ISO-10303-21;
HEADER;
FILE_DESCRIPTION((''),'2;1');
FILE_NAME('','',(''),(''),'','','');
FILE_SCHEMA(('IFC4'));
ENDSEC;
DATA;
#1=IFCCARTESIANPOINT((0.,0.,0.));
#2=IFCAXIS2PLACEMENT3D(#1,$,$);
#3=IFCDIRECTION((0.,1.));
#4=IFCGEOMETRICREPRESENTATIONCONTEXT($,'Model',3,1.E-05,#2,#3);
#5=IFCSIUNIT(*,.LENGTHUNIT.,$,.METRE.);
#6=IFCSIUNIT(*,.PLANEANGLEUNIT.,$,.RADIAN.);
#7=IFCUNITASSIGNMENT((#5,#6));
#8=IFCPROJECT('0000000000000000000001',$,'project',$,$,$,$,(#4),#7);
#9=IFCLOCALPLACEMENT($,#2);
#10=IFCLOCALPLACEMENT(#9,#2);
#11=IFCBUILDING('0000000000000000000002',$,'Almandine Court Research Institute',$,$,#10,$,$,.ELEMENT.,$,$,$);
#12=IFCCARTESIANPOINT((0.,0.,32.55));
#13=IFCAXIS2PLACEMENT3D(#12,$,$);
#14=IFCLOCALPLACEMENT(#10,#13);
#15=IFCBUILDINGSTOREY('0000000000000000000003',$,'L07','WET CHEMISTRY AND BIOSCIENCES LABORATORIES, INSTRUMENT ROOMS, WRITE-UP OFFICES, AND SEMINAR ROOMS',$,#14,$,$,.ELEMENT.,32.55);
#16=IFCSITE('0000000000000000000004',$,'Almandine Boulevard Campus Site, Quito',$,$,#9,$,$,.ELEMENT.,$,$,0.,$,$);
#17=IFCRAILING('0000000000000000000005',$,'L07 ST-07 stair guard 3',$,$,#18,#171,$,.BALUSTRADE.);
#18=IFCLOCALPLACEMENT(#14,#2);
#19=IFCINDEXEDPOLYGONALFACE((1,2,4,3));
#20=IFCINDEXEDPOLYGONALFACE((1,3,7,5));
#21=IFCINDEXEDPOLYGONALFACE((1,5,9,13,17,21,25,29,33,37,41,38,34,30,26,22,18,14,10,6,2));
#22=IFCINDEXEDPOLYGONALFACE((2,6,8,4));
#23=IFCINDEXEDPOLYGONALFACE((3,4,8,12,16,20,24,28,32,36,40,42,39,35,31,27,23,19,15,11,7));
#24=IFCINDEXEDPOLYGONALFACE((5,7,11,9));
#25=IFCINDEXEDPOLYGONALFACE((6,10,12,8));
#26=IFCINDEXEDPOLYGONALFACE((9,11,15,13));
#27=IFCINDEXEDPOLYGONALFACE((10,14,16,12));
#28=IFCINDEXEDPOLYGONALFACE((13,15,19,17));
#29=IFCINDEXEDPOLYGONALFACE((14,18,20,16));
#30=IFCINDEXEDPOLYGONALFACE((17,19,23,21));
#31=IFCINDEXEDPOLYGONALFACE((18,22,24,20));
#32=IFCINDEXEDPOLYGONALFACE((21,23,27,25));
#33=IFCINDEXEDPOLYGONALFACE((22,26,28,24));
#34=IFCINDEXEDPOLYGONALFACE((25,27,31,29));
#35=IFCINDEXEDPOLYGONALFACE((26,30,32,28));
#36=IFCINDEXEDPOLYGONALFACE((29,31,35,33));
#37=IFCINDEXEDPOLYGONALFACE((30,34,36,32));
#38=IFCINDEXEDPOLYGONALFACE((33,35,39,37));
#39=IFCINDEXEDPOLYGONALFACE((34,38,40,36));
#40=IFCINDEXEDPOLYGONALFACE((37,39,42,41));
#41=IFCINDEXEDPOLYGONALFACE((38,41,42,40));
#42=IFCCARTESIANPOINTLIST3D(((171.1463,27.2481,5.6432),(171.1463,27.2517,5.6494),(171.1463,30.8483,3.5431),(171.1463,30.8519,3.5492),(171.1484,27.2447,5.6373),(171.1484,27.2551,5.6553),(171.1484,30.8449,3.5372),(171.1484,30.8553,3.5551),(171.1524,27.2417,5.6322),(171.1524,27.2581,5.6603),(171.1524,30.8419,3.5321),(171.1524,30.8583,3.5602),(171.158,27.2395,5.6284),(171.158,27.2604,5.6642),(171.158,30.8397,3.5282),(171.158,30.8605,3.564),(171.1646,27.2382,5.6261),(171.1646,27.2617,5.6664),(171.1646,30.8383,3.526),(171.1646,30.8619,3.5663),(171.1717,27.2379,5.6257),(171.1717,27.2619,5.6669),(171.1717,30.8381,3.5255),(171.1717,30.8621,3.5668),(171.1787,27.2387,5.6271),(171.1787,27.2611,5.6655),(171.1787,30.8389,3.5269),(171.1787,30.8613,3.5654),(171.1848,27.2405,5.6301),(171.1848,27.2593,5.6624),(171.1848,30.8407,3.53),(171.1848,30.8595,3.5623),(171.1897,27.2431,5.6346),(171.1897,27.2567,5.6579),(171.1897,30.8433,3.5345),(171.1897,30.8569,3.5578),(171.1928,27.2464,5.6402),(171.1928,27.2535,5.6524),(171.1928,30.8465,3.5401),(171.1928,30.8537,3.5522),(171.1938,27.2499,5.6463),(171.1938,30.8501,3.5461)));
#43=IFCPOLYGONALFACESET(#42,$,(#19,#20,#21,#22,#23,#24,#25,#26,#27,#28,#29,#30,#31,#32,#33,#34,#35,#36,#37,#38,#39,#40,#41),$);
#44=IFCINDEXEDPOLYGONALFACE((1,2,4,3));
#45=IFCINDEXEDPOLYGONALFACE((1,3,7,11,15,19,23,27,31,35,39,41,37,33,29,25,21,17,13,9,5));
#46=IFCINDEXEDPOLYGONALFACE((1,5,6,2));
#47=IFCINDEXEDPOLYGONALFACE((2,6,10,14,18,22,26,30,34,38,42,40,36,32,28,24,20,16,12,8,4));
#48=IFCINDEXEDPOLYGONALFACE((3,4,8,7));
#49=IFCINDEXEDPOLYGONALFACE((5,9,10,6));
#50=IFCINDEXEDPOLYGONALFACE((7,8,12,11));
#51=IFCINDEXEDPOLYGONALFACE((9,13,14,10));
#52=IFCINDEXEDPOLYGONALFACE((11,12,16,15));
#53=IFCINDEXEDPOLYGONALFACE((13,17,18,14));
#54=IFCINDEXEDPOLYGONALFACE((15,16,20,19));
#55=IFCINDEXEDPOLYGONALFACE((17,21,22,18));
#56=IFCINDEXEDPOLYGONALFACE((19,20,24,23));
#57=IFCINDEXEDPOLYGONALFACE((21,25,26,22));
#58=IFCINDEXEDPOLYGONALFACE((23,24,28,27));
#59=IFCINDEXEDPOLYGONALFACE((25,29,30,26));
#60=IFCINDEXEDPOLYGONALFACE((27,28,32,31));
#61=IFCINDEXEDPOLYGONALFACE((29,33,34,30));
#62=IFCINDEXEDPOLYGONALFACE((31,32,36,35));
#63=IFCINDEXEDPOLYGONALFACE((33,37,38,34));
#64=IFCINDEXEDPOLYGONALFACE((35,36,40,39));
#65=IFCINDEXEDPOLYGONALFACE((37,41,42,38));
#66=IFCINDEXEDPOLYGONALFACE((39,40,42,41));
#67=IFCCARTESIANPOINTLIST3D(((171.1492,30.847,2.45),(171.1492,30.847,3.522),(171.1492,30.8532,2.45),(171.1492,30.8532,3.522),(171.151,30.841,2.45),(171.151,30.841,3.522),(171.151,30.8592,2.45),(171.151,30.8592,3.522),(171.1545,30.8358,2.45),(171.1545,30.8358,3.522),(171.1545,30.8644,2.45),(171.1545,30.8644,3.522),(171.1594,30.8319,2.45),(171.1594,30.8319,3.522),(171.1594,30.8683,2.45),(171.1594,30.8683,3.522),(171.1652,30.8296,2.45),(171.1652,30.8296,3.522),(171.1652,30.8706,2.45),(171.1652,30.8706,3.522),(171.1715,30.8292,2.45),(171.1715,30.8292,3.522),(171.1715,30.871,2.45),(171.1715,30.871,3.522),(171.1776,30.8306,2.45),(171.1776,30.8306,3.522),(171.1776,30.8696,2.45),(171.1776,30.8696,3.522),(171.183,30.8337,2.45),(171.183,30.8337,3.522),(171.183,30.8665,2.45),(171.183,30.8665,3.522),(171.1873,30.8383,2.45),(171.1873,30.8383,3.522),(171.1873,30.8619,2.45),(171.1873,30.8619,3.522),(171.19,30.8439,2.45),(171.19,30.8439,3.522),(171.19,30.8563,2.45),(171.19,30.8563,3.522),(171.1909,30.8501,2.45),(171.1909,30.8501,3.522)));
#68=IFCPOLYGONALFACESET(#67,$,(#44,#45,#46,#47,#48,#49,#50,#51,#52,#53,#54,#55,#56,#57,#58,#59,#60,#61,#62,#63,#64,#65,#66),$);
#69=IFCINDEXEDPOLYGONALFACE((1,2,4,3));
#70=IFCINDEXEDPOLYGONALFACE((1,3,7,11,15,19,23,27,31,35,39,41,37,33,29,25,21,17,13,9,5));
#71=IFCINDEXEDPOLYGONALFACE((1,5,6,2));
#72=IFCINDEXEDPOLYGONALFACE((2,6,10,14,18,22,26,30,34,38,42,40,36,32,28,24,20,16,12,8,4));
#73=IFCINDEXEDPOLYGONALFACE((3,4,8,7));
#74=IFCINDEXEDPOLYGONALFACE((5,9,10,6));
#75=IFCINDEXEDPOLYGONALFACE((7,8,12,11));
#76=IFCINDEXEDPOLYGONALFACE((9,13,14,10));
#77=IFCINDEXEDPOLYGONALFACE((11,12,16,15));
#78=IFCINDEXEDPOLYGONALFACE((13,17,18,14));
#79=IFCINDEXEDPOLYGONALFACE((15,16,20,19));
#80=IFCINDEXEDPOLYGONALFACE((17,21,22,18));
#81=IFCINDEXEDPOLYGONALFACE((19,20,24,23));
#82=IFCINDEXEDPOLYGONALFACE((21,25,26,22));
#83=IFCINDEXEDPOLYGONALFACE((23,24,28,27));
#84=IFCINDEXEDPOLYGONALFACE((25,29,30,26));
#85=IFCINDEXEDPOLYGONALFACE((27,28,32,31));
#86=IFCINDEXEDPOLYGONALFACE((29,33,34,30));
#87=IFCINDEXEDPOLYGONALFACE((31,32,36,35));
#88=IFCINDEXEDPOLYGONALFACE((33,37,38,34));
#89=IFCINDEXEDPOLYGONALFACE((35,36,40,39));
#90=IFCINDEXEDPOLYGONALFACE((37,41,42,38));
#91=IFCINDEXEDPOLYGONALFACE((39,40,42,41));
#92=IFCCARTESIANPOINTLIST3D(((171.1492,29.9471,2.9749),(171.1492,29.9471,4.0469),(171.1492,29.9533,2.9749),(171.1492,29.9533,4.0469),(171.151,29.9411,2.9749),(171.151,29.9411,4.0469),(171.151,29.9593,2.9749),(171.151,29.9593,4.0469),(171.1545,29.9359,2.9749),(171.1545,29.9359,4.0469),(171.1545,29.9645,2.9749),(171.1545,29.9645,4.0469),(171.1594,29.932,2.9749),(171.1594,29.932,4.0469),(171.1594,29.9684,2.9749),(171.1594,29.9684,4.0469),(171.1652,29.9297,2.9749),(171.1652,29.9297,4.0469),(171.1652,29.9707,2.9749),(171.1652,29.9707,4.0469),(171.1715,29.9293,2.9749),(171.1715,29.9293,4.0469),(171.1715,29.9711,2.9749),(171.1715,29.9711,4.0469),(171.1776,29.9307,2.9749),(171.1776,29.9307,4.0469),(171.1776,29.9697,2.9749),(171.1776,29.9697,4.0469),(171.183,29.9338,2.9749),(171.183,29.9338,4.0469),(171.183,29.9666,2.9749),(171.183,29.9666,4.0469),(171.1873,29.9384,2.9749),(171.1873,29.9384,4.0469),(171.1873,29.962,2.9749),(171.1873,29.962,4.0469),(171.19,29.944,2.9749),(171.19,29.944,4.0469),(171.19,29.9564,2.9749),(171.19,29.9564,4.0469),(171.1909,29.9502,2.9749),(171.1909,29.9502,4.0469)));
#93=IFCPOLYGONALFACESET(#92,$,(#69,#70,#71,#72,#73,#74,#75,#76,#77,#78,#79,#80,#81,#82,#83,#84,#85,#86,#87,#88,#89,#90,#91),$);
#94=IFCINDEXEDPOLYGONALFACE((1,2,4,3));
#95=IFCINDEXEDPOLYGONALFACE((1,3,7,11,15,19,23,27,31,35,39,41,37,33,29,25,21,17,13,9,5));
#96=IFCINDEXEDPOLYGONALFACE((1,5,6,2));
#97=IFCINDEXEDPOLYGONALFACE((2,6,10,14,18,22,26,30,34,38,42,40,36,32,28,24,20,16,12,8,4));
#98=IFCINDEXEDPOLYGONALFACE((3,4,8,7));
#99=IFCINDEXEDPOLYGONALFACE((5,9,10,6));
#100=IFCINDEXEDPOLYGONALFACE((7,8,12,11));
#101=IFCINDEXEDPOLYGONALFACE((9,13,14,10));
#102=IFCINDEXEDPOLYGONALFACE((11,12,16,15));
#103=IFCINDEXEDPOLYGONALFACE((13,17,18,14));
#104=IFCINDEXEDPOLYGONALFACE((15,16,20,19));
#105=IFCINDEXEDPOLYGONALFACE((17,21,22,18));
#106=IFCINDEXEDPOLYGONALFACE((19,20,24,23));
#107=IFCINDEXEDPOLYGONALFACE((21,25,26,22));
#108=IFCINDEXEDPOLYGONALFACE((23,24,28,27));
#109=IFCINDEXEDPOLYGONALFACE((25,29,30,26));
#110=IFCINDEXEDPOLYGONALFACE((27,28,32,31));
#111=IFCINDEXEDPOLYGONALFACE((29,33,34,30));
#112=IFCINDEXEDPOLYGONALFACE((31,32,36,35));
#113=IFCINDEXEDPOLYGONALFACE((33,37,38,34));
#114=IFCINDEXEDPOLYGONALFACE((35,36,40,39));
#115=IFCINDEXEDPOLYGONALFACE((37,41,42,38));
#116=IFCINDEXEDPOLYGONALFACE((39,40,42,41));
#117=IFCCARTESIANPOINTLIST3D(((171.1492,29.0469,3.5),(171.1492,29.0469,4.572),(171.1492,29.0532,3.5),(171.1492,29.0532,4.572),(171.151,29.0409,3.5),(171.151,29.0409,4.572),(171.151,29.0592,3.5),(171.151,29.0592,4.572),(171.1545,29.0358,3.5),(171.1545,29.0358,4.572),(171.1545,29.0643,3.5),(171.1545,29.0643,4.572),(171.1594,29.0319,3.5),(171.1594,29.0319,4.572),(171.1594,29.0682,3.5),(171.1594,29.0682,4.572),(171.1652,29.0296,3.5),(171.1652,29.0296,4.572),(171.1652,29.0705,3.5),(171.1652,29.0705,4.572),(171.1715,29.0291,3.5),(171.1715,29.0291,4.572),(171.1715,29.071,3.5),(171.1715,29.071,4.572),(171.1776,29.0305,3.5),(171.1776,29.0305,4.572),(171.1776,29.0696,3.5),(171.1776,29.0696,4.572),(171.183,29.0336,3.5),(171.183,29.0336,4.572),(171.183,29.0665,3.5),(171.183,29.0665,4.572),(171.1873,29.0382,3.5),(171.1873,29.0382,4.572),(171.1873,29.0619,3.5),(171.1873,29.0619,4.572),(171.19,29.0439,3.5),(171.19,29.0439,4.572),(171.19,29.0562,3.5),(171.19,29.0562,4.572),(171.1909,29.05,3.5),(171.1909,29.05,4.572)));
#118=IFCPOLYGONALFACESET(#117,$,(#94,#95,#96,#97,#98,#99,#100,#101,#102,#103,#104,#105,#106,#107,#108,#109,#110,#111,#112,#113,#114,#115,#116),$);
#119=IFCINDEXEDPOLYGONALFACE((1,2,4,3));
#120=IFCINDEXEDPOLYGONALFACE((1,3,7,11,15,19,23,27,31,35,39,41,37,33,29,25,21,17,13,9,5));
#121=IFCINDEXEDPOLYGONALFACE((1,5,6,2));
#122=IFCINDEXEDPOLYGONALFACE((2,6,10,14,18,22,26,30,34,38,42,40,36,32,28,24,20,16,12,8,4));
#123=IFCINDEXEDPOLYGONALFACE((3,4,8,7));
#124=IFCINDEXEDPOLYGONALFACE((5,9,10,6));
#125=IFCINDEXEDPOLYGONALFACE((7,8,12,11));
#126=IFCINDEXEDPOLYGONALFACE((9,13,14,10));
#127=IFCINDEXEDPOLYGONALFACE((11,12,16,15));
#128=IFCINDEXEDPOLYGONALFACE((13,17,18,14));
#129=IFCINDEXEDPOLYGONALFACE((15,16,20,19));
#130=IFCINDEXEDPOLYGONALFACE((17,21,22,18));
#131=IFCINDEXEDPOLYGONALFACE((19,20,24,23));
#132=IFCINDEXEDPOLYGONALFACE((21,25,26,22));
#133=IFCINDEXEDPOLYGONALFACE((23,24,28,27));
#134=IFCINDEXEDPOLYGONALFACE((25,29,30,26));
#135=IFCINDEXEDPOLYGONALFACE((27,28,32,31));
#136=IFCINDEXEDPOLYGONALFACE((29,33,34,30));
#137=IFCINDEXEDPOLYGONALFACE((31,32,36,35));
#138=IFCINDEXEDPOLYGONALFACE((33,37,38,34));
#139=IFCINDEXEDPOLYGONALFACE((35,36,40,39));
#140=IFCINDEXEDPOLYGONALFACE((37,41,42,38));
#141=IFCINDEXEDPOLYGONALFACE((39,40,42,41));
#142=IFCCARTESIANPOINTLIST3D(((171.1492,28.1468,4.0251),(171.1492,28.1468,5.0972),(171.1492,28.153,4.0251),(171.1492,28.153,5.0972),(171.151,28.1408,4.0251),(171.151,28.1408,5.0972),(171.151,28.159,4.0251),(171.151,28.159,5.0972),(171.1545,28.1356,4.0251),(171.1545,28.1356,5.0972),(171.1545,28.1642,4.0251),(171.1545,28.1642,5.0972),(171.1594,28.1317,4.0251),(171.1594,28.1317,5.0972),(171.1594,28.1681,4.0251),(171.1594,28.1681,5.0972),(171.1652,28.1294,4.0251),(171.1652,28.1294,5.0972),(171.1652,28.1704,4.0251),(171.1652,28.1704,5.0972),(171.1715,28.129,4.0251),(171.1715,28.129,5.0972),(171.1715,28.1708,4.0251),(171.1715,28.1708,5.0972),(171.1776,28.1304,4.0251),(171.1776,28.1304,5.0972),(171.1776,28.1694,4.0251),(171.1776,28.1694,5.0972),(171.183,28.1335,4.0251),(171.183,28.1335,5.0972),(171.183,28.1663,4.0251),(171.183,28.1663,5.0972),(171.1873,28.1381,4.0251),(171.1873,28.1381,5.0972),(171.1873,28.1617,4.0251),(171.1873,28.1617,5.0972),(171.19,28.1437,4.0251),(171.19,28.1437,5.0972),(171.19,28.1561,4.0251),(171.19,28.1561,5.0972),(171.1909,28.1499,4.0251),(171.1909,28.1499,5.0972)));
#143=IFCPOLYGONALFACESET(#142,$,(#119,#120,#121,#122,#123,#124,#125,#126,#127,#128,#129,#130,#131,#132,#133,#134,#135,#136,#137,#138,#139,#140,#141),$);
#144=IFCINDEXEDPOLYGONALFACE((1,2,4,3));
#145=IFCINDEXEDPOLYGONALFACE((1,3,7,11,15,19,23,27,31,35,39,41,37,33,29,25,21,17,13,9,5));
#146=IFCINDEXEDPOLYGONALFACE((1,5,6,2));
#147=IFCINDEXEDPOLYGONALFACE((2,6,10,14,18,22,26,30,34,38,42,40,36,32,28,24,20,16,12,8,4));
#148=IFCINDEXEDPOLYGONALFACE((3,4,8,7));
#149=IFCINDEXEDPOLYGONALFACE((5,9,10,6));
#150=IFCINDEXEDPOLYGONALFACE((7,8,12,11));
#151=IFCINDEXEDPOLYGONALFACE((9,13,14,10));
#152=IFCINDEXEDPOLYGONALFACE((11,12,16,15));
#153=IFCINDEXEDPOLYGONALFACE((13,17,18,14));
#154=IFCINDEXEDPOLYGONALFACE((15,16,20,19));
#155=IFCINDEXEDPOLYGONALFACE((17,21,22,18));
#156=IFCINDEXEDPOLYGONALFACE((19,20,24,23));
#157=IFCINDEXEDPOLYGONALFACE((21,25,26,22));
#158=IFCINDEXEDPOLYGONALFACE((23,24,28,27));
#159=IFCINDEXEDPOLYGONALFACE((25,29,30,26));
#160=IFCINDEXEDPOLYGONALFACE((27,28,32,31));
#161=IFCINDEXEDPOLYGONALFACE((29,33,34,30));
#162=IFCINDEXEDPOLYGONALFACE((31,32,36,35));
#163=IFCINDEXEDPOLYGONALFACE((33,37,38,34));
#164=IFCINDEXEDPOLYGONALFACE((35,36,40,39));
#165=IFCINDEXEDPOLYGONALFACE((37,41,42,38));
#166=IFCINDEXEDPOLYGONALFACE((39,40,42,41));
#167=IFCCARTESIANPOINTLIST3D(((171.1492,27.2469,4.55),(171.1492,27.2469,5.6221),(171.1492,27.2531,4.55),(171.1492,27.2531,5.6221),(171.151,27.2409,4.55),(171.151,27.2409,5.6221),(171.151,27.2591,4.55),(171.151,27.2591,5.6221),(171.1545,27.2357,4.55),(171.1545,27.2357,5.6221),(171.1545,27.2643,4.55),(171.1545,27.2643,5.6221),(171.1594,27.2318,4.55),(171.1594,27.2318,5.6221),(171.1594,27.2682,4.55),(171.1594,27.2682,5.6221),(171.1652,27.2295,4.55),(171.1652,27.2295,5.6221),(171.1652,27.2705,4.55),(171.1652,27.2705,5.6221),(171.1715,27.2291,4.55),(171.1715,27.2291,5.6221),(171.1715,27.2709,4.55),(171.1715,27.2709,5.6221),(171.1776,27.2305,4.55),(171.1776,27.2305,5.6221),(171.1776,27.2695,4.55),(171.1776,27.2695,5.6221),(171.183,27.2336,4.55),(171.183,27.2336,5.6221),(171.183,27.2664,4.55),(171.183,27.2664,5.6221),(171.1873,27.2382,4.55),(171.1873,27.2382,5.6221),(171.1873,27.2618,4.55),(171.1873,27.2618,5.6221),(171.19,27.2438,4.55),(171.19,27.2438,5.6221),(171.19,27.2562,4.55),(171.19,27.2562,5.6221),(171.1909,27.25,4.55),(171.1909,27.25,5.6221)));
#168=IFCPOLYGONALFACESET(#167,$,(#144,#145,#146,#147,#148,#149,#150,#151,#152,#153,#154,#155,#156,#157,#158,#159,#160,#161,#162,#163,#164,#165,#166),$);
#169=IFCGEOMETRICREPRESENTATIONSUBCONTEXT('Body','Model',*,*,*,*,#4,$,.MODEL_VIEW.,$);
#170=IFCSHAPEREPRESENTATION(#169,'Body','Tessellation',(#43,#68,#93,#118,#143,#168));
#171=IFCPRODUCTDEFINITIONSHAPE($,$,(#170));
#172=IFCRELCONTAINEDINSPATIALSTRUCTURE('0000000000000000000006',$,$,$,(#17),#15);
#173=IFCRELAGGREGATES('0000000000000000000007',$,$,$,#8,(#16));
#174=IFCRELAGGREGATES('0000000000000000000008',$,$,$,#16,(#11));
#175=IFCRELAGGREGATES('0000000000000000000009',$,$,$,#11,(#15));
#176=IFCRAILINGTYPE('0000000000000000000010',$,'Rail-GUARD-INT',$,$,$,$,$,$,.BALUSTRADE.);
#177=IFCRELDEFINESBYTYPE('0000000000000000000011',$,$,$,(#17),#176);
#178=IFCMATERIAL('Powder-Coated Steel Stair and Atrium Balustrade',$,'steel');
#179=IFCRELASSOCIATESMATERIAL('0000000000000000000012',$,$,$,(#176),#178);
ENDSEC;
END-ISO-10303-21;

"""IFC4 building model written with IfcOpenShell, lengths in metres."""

from ifc_helpers import new_model, si_unit, direction, frame, origin, origin_2d, place, context, subcontext, project, spatial, circle, extrude, material, type_object, element, save


model = new_model("IFC4")

# Units and contexts
model_context = context("Model", 3, precision=1e-05, world=origin(), true_north=direction((0.0, 1.0)))
body_context = subcontext(model_context, "Body", "Model", "MODEL_VIEW")
ifc_project = project(units=[si_unit("LENGTHUNIT", "METRE"), si_unit("PLANEANGLEUNIT", "RADIAN")], contexts=[model_context])

# Site, building, storey
site_placement = place(None, origin())
site = spatial("IfcSite", under=ifc_project, at=site_placement, Name="Almandine Boulevard Campus Site, Quito", CompositionType="ELEMENT", RefElevation=0.0)
building_placement = place(site_placement, origin())
building = spatial("IfcBuilding", under=site, at=building_placement, Name="Almandine Court Research Institute", CompositionType="ELEMENT")
storey_placement = place(building_placement, frame((0.0, 0.0, 32.55)))
storey = spatial("IfcBuildingStorey", under=building, at=storey_placement, Name="L07", Description="WET CHEMISTRY AND BIOSCIENCES LABORATORIES, INSTRUMENT ROOMS, WRITE-UP OFFICES, AND SEMINAR ROOMS", CompositionType="ELEMENT", Elevation=32.55)

# Railing
ifc_material_1 = material(Name="Powder-Coated Steel Stair and Atrium Balustrade", Category="steel")
railing_type_1 = type_object("IfcRailingType", Name="Rail-GUARD-INT", PredefinedType="BALUSTRADE", material=ifc_material_1)
railing_1_placement = place(storey_placement, frame((171.1699, 30.8501, 2.45)))
element("IfcRailing", 1, at=railing_1_placement, inside=storey, type_object=railing_type_1, Name="L07 ST-07 stair guard 3", PredefinedType="BALUSTRADE", context=body_context, shape_type="SweptSolid", body=[
    extrude(circle(Radius=0.0239, at=origin_2d()), frame((0.0, 0.0, 1.0962), z_axis=(0.0, -0.863775, 0.503878), x_axis=(1.0, 0.0, 0.0)), (0.0, 0.0, 1.0), 4.168),
    extrude(circle(Radius=0.021, at=origin_2d()), origin(), (0.0, 0.0, 1.0), 1.072),
    extrude(circle(Radius=0.021, at=origin_2d()), frame((0.0, -0.8999, 0.5249)), (0.0, 0.0, 1.0), 1.072),
    extrude(circle(Radius=0.021, at=origin_2d()), frame((0.0, -1.8, 1.05)), (0.0, 0.0, 1.0), 1.072),
    extrude(circle(Radius=0.021, at=origin_2d()), frame((0.0, -2.7002, 1.5752)), (0.0, 0.0, 1.0), 1.072),
    extrude(circle(Radius=0.021, at=origin_2d()), frame((0.0, -3.6001, 2.1001)), (0.0, 0.0, 1.0), 1.072),
])

save(model, "model.ifc")
